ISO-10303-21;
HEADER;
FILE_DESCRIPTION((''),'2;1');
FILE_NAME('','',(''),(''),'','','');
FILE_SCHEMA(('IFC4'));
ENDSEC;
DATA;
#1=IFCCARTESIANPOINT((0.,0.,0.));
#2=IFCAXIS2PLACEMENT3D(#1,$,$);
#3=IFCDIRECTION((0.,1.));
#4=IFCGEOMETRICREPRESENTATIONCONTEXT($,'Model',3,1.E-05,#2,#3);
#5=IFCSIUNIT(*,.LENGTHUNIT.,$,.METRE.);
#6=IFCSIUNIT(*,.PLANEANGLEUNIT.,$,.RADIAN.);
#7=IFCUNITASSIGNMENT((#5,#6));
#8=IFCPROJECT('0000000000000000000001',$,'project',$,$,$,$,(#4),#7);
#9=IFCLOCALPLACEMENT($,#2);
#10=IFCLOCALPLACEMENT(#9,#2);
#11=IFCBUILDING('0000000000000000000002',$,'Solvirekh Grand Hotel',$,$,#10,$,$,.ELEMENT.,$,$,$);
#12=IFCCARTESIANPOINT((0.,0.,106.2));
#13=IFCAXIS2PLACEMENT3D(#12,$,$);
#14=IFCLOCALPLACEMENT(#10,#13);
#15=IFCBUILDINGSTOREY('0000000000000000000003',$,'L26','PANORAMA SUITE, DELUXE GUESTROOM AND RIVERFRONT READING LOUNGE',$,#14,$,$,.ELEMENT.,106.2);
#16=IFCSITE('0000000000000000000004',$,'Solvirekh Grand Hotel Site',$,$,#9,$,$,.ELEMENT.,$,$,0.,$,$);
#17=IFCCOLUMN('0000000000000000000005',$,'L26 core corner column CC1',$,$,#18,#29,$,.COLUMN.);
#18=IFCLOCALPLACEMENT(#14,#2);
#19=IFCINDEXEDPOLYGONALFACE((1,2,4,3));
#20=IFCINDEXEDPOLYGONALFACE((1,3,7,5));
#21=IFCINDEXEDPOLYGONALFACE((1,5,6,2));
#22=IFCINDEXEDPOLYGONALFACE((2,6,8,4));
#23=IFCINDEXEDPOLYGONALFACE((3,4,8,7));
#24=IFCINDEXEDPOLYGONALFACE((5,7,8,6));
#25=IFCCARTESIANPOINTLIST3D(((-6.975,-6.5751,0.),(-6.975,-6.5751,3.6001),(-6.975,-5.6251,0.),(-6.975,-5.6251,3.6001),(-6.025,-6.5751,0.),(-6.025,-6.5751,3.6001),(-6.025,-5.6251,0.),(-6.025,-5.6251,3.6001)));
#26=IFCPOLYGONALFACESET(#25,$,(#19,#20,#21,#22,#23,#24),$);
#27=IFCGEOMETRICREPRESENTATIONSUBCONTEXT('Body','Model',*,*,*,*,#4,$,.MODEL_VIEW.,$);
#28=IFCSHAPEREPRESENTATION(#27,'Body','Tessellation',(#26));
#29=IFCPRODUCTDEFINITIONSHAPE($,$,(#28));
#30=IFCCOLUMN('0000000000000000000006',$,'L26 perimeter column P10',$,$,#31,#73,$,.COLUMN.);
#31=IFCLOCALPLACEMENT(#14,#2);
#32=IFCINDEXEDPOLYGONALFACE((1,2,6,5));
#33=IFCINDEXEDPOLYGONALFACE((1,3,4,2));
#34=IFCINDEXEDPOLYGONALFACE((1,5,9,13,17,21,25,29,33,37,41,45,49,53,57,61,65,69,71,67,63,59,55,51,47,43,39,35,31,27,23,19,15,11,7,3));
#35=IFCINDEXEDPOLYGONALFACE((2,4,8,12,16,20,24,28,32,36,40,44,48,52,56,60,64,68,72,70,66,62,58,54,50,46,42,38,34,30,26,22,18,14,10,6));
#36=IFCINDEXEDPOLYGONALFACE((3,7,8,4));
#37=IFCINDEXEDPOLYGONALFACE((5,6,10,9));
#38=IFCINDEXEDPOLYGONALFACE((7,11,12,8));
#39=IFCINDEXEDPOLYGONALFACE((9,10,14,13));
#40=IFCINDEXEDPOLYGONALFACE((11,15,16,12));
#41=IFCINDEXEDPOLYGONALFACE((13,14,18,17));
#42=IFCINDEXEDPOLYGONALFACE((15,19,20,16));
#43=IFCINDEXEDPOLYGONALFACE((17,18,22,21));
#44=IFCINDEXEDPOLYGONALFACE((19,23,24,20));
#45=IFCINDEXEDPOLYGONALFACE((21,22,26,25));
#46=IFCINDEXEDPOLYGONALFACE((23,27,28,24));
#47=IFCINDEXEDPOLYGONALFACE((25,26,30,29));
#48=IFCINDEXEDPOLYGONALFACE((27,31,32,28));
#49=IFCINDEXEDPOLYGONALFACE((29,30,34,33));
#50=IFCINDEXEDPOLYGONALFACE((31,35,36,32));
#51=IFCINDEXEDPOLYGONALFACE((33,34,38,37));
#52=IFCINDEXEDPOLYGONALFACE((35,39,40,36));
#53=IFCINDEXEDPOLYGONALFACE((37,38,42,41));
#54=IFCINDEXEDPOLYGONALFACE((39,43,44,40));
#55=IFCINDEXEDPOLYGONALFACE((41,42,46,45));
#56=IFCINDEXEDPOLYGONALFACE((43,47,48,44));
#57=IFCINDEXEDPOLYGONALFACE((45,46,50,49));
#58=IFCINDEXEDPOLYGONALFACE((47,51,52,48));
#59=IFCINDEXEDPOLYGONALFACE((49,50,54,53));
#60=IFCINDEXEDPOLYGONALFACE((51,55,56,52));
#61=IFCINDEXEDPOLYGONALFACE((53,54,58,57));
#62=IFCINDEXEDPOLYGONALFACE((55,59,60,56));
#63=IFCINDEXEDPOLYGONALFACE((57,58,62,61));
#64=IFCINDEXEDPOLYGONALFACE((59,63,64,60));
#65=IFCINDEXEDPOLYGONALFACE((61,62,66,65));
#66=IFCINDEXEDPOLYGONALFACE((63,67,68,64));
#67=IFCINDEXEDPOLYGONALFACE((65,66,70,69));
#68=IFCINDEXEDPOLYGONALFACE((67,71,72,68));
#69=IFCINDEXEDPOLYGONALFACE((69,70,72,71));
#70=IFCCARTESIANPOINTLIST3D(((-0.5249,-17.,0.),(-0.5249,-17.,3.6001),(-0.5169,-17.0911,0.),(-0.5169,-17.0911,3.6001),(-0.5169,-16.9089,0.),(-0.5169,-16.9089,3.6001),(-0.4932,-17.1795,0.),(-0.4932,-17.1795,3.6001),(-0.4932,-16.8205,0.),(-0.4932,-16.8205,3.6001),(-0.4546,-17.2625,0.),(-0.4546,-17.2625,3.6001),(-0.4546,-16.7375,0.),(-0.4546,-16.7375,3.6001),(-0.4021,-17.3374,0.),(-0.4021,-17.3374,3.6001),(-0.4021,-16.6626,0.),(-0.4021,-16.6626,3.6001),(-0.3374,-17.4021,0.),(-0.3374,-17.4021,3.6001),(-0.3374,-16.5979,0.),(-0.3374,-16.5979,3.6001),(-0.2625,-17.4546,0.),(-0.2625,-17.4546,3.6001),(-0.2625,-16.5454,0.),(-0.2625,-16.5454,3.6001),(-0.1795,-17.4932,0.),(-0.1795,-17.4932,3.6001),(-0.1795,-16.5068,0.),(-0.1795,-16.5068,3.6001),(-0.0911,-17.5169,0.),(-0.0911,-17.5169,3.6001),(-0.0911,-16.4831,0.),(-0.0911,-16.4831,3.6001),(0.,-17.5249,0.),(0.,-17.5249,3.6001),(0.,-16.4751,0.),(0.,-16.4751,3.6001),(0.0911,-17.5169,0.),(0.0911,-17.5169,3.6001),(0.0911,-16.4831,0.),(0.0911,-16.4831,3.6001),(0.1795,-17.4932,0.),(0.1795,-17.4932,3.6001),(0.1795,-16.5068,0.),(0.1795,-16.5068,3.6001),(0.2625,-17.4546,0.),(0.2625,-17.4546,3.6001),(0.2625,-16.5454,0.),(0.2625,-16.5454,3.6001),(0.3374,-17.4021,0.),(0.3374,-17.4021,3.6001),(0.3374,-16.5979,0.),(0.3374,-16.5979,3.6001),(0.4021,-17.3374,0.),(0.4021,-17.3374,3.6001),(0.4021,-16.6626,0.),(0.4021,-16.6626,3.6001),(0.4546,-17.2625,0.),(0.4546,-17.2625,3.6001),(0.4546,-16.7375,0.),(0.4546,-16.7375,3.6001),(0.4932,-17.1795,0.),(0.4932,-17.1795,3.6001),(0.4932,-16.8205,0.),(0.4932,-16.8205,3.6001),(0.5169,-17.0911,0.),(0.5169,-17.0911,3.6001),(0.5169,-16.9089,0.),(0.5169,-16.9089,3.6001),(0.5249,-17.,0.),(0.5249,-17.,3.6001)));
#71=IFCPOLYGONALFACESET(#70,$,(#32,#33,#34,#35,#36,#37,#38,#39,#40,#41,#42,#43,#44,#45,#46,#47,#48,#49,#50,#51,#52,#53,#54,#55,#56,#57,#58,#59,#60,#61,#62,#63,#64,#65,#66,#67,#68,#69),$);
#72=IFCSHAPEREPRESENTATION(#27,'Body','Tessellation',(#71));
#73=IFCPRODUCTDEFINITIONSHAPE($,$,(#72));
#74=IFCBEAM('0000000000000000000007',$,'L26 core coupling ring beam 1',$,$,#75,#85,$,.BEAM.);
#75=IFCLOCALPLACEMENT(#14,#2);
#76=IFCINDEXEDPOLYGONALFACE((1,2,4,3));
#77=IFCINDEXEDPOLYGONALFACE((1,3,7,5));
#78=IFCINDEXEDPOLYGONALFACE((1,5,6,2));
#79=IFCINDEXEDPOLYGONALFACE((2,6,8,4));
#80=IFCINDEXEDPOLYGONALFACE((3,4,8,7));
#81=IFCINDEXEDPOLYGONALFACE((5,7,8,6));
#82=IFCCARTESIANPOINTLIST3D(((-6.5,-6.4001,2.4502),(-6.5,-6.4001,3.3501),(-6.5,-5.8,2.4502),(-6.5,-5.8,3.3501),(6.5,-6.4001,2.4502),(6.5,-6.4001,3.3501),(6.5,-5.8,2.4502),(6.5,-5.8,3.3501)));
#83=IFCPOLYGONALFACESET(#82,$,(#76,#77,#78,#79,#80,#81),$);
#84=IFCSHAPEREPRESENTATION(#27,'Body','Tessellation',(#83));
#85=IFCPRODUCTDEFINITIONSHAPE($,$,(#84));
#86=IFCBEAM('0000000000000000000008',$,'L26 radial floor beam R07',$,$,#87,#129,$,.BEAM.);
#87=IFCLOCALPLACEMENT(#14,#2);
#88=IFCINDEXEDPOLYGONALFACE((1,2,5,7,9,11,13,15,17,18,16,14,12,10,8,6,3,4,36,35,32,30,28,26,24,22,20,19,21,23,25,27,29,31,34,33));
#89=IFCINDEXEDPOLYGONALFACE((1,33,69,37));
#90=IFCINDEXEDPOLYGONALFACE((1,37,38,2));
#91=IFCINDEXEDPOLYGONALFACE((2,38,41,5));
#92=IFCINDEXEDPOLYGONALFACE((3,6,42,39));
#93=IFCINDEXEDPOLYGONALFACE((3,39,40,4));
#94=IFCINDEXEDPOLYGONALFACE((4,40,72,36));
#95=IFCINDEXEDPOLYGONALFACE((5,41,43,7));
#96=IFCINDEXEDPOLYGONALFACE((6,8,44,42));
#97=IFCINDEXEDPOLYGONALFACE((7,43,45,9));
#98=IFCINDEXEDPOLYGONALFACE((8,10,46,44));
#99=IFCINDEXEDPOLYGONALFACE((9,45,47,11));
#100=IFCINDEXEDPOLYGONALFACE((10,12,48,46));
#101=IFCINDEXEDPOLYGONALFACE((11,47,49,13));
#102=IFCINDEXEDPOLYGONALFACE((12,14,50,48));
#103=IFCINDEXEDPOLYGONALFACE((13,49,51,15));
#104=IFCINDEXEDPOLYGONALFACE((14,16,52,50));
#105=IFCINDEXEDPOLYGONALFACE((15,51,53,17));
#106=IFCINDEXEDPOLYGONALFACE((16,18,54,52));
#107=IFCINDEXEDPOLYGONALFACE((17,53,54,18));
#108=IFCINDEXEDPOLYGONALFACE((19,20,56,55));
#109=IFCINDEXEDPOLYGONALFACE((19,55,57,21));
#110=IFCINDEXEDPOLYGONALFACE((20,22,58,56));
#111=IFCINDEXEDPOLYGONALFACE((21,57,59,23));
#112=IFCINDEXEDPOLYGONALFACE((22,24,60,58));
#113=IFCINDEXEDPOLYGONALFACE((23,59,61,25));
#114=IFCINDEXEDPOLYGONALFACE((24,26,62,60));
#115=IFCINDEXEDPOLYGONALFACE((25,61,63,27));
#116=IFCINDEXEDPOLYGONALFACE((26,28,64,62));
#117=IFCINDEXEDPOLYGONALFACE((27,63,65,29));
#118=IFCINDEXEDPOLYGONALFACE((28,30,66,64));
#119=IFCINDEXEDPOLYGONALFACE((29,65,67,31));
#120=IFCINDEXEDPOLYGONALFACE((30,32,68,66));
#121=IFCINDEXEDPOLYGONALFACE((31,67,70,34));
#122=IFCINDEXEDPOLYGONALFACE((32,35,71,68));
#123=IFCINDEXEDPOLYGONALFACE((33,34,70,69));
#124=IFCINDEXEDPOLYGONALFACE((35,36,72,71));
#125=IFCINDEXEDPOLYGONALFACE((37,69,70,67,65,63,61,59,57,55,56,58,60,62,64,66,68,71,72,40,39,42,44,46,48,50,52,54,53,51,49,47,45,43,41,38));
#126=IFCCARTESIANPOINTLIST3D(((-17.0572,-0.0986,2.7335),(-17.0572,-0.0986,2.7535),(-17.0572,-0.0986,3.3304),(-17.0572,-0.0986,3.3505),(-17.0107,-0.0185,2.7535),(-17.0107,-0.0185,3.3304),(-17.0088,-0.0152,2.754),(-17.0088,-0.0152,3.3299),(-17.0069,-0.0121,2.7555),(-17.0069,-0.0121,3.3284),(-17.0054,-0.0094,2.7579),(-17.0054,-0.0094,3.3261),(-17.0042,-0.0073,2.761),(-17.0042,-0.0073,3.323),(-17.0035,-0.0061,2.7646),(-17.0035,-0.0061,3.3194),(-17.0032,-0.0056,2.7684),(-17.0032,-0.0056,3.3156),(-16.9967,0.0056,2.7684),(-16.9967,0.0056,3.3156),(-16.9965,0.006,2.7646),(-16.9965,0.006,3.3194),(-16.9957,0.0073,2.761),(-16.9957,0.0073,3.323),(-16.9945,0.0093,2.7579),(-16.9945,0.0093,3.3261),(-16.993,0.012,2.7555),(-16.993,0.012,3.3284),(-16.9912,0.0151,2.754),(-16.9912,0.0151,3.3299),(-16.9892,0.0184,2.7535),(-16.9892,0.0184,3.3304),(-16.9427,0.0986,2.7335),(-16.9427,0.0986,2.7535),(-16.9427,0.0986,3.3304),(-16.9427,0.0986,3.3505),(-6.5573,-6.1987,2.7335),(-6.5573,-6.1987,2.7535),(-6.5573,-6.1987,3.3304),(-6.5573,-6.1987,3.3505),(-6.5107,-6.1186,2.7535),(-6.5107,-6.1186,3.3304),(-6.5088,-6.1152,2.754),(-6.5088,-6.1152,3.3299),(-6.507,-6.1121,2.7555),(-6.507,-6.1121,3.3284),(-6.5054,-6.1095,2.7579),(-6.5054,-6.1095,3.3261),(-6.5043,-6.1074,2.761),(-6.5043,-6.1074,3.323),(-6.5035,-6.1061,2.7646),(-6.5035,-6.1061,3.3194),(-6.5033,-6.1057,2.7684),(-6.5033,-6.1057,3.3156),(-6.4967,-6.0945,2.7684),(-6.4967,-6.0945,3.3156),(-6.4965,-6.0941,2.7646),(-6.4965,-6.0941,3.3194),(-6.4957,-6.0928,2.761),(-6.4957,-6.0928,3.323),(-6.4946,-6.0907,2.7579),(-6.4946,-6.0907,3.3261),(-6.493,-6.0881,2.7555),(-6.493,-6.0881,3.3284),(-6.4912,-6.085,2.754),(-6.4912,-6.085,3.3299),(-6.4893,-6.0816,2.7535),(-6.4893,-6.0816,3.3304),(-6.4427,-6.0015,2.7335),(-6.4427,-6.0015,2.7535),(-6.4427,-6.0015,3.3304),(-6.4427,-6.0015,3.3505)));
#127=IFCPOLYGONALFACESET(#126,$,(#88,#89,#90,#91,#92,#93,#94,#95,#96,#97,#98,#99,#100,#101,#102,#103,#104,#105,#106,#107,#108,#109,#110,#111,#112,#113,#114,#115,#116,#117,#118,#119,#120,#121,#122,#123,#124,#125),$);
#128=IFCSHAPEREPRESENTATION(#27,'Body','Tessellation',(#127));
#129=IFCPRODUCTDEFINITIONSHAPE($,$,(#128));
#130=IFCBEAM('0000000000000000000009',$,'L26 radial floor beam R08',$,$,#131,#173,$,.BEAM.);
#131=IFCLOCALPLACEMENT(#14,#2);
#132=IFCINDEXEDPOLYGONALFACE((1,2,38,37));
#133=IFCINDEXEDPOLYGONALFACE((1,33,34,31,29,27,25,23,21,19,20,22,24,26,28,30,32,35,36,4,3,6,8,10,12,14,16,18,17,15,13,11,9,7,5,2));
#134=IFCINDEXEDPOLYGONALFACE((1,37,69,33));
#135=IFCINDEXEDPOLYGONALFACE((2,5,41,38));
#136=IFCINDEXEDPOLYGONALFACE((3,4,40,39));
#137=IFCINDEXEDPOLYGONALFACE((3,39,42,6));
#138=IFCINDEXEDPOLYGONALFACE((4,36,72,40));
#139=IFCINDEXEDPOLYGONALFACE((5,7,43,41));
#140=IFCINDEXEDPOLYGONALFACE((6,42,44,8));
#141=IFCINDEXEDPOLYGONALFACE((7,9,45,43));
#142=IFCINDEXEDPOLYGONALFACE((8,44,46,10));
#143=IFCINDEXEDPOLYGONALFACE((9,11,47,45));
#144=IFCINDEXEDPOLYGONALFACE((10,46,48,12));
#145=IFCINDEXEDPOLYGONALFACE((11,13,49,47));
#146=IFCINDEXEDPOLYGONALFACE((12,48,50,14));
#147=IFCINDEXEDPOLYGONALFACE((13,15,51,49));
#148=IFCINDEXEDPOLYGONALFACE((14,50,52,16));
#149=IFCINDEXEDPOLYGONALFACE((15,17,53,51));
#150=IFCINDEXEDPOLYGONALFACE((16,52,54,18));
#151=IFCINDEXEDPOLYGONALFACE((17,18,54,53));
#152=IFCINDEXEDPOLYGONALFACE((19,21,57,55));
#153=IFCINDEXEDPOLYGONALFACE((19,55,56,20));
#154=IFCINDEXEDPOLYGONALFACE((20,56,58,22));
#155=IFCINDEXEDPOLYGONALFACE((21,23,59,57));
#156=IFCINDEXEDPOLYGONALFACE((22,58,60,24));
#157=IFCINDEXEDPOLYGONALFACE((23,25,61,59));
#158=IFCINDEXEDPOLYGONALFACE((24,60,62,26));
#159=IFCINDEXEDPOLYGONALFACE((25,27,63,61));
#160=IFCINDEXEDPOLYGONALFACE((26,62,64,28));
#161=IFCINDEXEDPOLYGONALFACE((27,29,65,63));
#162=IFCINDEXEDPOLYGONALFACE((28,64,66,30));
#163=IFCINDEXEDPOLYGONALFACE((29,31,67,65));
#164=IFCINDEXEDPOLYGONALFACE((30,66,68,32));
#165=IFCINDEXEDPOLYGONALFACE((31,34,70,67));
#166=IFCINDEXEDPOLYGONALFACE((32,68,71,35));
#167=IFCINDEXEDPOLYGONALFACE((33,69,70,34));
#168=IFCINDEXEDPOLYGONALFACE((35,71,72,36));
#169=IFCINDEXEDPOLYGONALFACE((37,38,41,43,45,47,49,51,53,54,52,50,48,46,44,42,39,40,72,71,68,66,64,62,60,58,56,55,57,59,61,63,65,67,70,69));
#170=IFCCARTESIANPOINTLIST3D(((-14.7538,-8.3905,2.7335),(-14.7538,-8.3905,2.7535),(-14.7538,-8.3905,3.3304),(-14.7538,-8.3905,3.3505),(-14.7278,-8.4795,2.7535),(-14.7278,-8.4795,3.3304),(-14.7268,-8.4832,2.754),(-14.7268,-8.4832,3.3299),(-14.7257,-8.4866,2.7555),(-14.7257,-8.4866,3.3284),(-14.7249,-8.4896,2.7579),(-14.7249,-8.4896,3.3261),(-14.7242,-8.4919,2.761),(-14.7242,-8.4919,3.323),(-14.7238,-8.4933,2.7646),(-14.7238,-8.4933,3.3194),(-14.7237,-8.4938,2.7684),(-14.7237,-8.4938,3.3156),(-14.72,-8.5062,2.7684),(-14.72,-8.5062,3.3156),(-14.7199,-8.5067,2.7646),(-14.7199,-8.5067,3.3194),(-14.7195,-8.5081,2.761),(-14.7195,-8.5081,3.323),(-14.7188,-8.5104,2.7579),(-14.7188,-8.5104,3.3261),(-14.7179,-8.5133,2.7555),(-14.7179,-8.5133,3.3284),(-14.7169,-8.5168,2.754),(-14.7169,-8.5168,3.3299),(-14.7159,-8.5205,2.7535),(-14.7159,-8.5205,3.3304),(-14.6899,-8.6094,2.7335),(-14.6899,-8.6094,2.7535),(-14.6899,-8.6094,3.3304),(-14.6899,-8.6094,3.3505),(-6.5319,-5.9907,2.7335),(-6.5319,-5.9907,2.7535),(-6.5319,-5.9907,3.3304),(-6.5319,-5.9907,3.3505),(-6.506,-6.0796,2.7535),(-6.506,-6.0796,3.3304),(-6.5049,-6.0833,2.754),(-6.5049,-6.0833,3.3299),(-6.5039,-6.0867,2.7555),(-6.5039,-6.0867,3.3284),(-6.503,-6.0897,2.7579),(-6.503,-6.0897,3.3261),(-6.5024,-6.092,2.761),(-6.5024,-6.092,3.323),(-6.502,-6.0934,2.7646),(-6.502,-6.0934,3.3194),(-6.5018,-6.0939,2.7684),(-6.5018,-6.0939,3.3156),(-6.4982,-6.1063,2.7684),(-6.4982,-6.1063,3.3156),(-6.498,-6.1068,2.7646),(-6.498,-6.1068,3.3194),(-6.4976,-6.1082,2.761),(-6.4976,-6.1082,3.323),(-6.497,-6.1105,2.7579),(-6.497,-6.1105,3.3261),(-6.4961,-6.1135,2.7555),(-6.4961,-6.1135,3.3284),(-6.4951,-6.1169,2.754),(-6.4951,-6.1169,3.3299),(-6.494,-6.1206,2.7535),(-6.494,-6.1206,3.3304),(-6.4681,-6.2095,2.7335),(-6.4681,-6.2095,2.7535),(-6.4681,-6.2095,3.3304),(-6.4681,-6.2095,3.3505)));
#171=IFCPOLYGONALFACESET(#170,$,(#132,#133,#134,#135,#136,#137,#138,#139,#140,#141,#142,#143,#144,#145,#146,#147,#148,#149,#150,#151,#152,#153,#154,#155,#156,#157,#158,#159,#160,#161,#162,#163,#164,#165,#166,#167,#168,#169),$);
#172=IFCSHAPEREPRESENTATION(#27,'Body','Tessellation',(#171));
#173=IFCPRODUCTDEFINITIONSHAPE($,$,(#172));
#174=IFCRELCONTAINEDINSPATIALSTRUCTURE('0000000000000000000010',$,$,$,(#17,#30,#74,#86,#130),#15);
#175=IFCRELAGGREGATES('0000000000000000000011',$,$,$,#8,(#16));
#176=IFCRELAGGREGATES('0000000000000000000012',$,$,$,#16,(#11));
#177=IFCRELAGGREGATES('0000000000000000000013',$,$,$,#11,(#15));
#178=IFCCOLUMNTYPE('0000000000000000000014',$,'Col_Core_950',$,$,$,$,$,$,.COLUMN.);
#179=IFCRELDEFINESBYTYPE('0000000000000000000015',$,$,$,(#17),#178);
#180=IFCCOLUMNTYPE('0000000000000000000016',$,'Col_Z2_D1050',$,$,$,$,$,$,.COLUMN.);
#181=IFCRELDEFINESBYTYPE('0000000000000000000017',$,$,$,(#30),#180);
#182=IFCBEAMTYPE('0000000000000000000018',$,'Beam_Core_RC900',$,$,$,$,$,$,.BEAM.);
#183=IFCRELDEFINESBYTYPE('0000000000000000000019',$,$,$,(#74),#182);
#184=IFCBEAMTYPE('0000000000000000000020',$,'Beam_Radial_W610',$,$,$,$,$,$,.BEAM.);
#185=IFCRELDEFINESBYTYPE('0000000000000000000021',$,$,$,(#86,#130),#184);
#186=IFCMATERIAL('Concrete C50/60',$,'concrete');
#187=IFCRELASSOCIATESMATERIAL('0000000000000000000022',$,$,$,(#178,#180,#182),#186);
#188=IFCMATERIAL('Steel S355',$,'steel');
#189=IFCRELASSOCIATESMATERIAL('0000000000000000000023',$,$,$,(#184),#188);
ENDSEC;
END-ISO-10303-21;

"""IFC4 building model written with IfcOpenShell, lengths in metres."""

from ifc_helpers import new_model, si_unit, direction, frame, origin, origin_2d, place, context, subcontext, project, spatial, rectangle, circle, i_section, extrude, material, material_profile, profile_set, type_object, element, save


model = new_model("IFC4")

# Units and contexts
model_context = context("Model", 3, precision=1e-05, world=origin(), true_north=direction((0.0, 1.0)))
body_context = subcontext(model_context, "Body", "Model", "MODEL_VIEW")
ifc_project = project(units=[si_unit("LENGTHUNIT", "METRE"), si_unit("PLANEANGLEUNIT", "RADIAN")], contexts=[model_context])

# Site, building, storey
site_placement = place(None, origin())
site = spatial("IfcSite", under=ifc_project, at=site_placement, Name="Solvirekh Grand Hotel Site", CompositionType="ELEMENT", RefElevation=0.0)
building_placement = place(site_placement, origin())
building = spatial("IfcBuilding", under=site, at=building_placement, Name="Solvirekh Grand Hotel", CompositionType="ELEMENT")
storey_placement = place(building_placement, frame((0.0, 0.0, 106.2)))
storey = spatial("IfcBuildingStorey", under=building, at=storey_placement, Name="L26", Description="PANORAMA SUITE, DELUXE GUESTROOM AND RIVERFRONT READING LOUNGE", CompositionType="ELEMENT", Elevation=106.2)

# Columns
ifc_material_1 = material(Name="Concrete C50/60", Category="concrete")
ifc_material_profile_1 = material_profile(ifc_material_1, rectangle(XDim=0.95, YDim=0.95, at=origin_2d()), Name="RC 950X950")
ifc_profile_set_1 = profile_set([ifc_material_profile_1], Name="Concrete C50/60")
column_type_1 = type_object("IfcColumnType", Name="Col_Core_950", PredefinedType="COLUMN", material=ifc_profile_set_1)
column_1_placement = place(storey_placement, frame((-6.5, -6.1001, 0.0), z_axis=(0.0, 0.0, 1.0), x_axis=(1.0, 0.0, 0.0)))
element("IfcColumn", 1, at=column_1_placement, inside=storey, type_object=column_type_1, Name="L26 core corner column CC1", PredefinedType="COLUMN", context=body_context, shape_type="SweptSolid", body=[
    extrude(rectangle(XDim=0.95, YDim=0.95, at=origin_2d()), origin(), (0.0, 0.0, 1.0), 3.6001),
])
ifc_material_profile_2 = material_profile(ifc_material_1, circle(Radius=0.5249, at=origin_2d()), Name="RC CIRC D1050")
ifc_profile_set_2 = profile_set([ifc_material_profile_2], Name="Concrete C50/60")
column_type_2 = type_object("IfcColumnType", Name="Col_Z2_D1050", PredefinedType="COLUMN", material=ifc_profile_set_2)
column_2_placement = place(storey_placement, frame((0.0, -17.0, 0.0), z_axis=(0.0, 0.0, 1.0), x_axis=(1.0, 0.0, 0.0)))
element("IfcColumn", 2, at=column_2_placement, inside=storey, type_object=column_type_2, Name="L26 perimeter column P10", PredefinedType="COLUMN", context=body_context, shape_type="SweptSolid", body=[
    extrude(circle(Radius=0.5249, at=origin_2d()), origin(), (0.0, 0.0, 1.0), 3.6001),
])

# Beams
ifc_material_profile_3 = material_profile(ifc_material_1, rectangle(XDim=0.6001, YDim=0.8999, at=origin_2d()), Name="RC BEAM 600X900")
ifc_profile_set_3 = profile_set([ifc_material_profile_3], Name="Concrete C50/60")
beam_type_1 = type_object("IfcBeamType", Name="Beam_Core_RC900", PredefinedType="BEAM", material=ifc_profile_set_3)
beam_1_placement = place(storey_placement, frame((-6.5, -6.1001, 2.9001), z_axis=(1.0, 0.0, 0.0), x_axis=(0.0, 1.0, 0.0)))
element("IfcBeam", 3, at=beam_1_placement, inside=storey, type_object=beam_type_1, Name="L26 core coupling ring beam 1", PredefinedType="BEAM", context=body_context, shape_type="SweptSolid", body=[
    extrude(rectangle(XDim=0.6001, YDim=0.8999, at=origin_2d()), origin(), (0.0, 0.0, 1.0), 13.0),
])
ifc_material_2 = material(Name="Steel S355", Category="steel")
ifc_material_profile_4 = material_profile(ifc_material_2, i_section(OverallWidth=0.228, OverallDepth=0.6169, WebThickness=0.0129, FlangeThickness=0.02, FilletRadius=0.0149, at=origin_2d()), Name="W610X140")
ifc_profile_set_4 = profile_set([ifc_material_profile_4], Name="Steel S355")
beam_type_2 = type_object("IfcBeamType", Name="Beam_Radial_W610", PredefinedType="BEAM", material=ifc_profile_set_4)
beam_2_placement = place(storey_placement, frame((-6.5, -6.1001, 3.042), z_axis=(-0.86467, 0.50234, 0.0), x_axis=(-0.50234, -0.86467, 0.0)))
element("IfcBeam", 4, at=beam_2_placement, inside=storey, type_object=beam_type_2, Name="L26 radial floor beam R07", PredefinedType="BEAM", context=body_context, shape_type="SweptSolid", body=[
    extrude(i_section(OverallWidth=0.228, OverallDepth=0.6169, WebThickness=0.0129, FlangeThickness=0.02, FilletRadius=0.0149, at=origin_2d()), origin(), (0.0, 0.0, 1.0), 12.1433),
])
beam_3_placement = place(storey_placement, frame((-6.5, -6.1001, 3.042), z_axis=(-0.959942, -0.280198, 0.0), x_axis=(0.280198, -0.959942, 0.0)))
element("IfcBeam", 5, at=beam_3_placement, inside=storey, type_object=beam_type_2, Name="L26 radial floor beam R08", PredefinedType="BEAM", context=body_context, shape_type="SweptSolid", body=[
    extrude(i_section(OverallWidth=0.228, OverallDepth=0.6169, WebThickness=0.0129, FlangeThickness=0.02, FilletRadius=0.0149, at=origin_2d()), origin(), (0.0, 0.0, 1.0), 8.5649),
])

save(model, "model.ifc")
